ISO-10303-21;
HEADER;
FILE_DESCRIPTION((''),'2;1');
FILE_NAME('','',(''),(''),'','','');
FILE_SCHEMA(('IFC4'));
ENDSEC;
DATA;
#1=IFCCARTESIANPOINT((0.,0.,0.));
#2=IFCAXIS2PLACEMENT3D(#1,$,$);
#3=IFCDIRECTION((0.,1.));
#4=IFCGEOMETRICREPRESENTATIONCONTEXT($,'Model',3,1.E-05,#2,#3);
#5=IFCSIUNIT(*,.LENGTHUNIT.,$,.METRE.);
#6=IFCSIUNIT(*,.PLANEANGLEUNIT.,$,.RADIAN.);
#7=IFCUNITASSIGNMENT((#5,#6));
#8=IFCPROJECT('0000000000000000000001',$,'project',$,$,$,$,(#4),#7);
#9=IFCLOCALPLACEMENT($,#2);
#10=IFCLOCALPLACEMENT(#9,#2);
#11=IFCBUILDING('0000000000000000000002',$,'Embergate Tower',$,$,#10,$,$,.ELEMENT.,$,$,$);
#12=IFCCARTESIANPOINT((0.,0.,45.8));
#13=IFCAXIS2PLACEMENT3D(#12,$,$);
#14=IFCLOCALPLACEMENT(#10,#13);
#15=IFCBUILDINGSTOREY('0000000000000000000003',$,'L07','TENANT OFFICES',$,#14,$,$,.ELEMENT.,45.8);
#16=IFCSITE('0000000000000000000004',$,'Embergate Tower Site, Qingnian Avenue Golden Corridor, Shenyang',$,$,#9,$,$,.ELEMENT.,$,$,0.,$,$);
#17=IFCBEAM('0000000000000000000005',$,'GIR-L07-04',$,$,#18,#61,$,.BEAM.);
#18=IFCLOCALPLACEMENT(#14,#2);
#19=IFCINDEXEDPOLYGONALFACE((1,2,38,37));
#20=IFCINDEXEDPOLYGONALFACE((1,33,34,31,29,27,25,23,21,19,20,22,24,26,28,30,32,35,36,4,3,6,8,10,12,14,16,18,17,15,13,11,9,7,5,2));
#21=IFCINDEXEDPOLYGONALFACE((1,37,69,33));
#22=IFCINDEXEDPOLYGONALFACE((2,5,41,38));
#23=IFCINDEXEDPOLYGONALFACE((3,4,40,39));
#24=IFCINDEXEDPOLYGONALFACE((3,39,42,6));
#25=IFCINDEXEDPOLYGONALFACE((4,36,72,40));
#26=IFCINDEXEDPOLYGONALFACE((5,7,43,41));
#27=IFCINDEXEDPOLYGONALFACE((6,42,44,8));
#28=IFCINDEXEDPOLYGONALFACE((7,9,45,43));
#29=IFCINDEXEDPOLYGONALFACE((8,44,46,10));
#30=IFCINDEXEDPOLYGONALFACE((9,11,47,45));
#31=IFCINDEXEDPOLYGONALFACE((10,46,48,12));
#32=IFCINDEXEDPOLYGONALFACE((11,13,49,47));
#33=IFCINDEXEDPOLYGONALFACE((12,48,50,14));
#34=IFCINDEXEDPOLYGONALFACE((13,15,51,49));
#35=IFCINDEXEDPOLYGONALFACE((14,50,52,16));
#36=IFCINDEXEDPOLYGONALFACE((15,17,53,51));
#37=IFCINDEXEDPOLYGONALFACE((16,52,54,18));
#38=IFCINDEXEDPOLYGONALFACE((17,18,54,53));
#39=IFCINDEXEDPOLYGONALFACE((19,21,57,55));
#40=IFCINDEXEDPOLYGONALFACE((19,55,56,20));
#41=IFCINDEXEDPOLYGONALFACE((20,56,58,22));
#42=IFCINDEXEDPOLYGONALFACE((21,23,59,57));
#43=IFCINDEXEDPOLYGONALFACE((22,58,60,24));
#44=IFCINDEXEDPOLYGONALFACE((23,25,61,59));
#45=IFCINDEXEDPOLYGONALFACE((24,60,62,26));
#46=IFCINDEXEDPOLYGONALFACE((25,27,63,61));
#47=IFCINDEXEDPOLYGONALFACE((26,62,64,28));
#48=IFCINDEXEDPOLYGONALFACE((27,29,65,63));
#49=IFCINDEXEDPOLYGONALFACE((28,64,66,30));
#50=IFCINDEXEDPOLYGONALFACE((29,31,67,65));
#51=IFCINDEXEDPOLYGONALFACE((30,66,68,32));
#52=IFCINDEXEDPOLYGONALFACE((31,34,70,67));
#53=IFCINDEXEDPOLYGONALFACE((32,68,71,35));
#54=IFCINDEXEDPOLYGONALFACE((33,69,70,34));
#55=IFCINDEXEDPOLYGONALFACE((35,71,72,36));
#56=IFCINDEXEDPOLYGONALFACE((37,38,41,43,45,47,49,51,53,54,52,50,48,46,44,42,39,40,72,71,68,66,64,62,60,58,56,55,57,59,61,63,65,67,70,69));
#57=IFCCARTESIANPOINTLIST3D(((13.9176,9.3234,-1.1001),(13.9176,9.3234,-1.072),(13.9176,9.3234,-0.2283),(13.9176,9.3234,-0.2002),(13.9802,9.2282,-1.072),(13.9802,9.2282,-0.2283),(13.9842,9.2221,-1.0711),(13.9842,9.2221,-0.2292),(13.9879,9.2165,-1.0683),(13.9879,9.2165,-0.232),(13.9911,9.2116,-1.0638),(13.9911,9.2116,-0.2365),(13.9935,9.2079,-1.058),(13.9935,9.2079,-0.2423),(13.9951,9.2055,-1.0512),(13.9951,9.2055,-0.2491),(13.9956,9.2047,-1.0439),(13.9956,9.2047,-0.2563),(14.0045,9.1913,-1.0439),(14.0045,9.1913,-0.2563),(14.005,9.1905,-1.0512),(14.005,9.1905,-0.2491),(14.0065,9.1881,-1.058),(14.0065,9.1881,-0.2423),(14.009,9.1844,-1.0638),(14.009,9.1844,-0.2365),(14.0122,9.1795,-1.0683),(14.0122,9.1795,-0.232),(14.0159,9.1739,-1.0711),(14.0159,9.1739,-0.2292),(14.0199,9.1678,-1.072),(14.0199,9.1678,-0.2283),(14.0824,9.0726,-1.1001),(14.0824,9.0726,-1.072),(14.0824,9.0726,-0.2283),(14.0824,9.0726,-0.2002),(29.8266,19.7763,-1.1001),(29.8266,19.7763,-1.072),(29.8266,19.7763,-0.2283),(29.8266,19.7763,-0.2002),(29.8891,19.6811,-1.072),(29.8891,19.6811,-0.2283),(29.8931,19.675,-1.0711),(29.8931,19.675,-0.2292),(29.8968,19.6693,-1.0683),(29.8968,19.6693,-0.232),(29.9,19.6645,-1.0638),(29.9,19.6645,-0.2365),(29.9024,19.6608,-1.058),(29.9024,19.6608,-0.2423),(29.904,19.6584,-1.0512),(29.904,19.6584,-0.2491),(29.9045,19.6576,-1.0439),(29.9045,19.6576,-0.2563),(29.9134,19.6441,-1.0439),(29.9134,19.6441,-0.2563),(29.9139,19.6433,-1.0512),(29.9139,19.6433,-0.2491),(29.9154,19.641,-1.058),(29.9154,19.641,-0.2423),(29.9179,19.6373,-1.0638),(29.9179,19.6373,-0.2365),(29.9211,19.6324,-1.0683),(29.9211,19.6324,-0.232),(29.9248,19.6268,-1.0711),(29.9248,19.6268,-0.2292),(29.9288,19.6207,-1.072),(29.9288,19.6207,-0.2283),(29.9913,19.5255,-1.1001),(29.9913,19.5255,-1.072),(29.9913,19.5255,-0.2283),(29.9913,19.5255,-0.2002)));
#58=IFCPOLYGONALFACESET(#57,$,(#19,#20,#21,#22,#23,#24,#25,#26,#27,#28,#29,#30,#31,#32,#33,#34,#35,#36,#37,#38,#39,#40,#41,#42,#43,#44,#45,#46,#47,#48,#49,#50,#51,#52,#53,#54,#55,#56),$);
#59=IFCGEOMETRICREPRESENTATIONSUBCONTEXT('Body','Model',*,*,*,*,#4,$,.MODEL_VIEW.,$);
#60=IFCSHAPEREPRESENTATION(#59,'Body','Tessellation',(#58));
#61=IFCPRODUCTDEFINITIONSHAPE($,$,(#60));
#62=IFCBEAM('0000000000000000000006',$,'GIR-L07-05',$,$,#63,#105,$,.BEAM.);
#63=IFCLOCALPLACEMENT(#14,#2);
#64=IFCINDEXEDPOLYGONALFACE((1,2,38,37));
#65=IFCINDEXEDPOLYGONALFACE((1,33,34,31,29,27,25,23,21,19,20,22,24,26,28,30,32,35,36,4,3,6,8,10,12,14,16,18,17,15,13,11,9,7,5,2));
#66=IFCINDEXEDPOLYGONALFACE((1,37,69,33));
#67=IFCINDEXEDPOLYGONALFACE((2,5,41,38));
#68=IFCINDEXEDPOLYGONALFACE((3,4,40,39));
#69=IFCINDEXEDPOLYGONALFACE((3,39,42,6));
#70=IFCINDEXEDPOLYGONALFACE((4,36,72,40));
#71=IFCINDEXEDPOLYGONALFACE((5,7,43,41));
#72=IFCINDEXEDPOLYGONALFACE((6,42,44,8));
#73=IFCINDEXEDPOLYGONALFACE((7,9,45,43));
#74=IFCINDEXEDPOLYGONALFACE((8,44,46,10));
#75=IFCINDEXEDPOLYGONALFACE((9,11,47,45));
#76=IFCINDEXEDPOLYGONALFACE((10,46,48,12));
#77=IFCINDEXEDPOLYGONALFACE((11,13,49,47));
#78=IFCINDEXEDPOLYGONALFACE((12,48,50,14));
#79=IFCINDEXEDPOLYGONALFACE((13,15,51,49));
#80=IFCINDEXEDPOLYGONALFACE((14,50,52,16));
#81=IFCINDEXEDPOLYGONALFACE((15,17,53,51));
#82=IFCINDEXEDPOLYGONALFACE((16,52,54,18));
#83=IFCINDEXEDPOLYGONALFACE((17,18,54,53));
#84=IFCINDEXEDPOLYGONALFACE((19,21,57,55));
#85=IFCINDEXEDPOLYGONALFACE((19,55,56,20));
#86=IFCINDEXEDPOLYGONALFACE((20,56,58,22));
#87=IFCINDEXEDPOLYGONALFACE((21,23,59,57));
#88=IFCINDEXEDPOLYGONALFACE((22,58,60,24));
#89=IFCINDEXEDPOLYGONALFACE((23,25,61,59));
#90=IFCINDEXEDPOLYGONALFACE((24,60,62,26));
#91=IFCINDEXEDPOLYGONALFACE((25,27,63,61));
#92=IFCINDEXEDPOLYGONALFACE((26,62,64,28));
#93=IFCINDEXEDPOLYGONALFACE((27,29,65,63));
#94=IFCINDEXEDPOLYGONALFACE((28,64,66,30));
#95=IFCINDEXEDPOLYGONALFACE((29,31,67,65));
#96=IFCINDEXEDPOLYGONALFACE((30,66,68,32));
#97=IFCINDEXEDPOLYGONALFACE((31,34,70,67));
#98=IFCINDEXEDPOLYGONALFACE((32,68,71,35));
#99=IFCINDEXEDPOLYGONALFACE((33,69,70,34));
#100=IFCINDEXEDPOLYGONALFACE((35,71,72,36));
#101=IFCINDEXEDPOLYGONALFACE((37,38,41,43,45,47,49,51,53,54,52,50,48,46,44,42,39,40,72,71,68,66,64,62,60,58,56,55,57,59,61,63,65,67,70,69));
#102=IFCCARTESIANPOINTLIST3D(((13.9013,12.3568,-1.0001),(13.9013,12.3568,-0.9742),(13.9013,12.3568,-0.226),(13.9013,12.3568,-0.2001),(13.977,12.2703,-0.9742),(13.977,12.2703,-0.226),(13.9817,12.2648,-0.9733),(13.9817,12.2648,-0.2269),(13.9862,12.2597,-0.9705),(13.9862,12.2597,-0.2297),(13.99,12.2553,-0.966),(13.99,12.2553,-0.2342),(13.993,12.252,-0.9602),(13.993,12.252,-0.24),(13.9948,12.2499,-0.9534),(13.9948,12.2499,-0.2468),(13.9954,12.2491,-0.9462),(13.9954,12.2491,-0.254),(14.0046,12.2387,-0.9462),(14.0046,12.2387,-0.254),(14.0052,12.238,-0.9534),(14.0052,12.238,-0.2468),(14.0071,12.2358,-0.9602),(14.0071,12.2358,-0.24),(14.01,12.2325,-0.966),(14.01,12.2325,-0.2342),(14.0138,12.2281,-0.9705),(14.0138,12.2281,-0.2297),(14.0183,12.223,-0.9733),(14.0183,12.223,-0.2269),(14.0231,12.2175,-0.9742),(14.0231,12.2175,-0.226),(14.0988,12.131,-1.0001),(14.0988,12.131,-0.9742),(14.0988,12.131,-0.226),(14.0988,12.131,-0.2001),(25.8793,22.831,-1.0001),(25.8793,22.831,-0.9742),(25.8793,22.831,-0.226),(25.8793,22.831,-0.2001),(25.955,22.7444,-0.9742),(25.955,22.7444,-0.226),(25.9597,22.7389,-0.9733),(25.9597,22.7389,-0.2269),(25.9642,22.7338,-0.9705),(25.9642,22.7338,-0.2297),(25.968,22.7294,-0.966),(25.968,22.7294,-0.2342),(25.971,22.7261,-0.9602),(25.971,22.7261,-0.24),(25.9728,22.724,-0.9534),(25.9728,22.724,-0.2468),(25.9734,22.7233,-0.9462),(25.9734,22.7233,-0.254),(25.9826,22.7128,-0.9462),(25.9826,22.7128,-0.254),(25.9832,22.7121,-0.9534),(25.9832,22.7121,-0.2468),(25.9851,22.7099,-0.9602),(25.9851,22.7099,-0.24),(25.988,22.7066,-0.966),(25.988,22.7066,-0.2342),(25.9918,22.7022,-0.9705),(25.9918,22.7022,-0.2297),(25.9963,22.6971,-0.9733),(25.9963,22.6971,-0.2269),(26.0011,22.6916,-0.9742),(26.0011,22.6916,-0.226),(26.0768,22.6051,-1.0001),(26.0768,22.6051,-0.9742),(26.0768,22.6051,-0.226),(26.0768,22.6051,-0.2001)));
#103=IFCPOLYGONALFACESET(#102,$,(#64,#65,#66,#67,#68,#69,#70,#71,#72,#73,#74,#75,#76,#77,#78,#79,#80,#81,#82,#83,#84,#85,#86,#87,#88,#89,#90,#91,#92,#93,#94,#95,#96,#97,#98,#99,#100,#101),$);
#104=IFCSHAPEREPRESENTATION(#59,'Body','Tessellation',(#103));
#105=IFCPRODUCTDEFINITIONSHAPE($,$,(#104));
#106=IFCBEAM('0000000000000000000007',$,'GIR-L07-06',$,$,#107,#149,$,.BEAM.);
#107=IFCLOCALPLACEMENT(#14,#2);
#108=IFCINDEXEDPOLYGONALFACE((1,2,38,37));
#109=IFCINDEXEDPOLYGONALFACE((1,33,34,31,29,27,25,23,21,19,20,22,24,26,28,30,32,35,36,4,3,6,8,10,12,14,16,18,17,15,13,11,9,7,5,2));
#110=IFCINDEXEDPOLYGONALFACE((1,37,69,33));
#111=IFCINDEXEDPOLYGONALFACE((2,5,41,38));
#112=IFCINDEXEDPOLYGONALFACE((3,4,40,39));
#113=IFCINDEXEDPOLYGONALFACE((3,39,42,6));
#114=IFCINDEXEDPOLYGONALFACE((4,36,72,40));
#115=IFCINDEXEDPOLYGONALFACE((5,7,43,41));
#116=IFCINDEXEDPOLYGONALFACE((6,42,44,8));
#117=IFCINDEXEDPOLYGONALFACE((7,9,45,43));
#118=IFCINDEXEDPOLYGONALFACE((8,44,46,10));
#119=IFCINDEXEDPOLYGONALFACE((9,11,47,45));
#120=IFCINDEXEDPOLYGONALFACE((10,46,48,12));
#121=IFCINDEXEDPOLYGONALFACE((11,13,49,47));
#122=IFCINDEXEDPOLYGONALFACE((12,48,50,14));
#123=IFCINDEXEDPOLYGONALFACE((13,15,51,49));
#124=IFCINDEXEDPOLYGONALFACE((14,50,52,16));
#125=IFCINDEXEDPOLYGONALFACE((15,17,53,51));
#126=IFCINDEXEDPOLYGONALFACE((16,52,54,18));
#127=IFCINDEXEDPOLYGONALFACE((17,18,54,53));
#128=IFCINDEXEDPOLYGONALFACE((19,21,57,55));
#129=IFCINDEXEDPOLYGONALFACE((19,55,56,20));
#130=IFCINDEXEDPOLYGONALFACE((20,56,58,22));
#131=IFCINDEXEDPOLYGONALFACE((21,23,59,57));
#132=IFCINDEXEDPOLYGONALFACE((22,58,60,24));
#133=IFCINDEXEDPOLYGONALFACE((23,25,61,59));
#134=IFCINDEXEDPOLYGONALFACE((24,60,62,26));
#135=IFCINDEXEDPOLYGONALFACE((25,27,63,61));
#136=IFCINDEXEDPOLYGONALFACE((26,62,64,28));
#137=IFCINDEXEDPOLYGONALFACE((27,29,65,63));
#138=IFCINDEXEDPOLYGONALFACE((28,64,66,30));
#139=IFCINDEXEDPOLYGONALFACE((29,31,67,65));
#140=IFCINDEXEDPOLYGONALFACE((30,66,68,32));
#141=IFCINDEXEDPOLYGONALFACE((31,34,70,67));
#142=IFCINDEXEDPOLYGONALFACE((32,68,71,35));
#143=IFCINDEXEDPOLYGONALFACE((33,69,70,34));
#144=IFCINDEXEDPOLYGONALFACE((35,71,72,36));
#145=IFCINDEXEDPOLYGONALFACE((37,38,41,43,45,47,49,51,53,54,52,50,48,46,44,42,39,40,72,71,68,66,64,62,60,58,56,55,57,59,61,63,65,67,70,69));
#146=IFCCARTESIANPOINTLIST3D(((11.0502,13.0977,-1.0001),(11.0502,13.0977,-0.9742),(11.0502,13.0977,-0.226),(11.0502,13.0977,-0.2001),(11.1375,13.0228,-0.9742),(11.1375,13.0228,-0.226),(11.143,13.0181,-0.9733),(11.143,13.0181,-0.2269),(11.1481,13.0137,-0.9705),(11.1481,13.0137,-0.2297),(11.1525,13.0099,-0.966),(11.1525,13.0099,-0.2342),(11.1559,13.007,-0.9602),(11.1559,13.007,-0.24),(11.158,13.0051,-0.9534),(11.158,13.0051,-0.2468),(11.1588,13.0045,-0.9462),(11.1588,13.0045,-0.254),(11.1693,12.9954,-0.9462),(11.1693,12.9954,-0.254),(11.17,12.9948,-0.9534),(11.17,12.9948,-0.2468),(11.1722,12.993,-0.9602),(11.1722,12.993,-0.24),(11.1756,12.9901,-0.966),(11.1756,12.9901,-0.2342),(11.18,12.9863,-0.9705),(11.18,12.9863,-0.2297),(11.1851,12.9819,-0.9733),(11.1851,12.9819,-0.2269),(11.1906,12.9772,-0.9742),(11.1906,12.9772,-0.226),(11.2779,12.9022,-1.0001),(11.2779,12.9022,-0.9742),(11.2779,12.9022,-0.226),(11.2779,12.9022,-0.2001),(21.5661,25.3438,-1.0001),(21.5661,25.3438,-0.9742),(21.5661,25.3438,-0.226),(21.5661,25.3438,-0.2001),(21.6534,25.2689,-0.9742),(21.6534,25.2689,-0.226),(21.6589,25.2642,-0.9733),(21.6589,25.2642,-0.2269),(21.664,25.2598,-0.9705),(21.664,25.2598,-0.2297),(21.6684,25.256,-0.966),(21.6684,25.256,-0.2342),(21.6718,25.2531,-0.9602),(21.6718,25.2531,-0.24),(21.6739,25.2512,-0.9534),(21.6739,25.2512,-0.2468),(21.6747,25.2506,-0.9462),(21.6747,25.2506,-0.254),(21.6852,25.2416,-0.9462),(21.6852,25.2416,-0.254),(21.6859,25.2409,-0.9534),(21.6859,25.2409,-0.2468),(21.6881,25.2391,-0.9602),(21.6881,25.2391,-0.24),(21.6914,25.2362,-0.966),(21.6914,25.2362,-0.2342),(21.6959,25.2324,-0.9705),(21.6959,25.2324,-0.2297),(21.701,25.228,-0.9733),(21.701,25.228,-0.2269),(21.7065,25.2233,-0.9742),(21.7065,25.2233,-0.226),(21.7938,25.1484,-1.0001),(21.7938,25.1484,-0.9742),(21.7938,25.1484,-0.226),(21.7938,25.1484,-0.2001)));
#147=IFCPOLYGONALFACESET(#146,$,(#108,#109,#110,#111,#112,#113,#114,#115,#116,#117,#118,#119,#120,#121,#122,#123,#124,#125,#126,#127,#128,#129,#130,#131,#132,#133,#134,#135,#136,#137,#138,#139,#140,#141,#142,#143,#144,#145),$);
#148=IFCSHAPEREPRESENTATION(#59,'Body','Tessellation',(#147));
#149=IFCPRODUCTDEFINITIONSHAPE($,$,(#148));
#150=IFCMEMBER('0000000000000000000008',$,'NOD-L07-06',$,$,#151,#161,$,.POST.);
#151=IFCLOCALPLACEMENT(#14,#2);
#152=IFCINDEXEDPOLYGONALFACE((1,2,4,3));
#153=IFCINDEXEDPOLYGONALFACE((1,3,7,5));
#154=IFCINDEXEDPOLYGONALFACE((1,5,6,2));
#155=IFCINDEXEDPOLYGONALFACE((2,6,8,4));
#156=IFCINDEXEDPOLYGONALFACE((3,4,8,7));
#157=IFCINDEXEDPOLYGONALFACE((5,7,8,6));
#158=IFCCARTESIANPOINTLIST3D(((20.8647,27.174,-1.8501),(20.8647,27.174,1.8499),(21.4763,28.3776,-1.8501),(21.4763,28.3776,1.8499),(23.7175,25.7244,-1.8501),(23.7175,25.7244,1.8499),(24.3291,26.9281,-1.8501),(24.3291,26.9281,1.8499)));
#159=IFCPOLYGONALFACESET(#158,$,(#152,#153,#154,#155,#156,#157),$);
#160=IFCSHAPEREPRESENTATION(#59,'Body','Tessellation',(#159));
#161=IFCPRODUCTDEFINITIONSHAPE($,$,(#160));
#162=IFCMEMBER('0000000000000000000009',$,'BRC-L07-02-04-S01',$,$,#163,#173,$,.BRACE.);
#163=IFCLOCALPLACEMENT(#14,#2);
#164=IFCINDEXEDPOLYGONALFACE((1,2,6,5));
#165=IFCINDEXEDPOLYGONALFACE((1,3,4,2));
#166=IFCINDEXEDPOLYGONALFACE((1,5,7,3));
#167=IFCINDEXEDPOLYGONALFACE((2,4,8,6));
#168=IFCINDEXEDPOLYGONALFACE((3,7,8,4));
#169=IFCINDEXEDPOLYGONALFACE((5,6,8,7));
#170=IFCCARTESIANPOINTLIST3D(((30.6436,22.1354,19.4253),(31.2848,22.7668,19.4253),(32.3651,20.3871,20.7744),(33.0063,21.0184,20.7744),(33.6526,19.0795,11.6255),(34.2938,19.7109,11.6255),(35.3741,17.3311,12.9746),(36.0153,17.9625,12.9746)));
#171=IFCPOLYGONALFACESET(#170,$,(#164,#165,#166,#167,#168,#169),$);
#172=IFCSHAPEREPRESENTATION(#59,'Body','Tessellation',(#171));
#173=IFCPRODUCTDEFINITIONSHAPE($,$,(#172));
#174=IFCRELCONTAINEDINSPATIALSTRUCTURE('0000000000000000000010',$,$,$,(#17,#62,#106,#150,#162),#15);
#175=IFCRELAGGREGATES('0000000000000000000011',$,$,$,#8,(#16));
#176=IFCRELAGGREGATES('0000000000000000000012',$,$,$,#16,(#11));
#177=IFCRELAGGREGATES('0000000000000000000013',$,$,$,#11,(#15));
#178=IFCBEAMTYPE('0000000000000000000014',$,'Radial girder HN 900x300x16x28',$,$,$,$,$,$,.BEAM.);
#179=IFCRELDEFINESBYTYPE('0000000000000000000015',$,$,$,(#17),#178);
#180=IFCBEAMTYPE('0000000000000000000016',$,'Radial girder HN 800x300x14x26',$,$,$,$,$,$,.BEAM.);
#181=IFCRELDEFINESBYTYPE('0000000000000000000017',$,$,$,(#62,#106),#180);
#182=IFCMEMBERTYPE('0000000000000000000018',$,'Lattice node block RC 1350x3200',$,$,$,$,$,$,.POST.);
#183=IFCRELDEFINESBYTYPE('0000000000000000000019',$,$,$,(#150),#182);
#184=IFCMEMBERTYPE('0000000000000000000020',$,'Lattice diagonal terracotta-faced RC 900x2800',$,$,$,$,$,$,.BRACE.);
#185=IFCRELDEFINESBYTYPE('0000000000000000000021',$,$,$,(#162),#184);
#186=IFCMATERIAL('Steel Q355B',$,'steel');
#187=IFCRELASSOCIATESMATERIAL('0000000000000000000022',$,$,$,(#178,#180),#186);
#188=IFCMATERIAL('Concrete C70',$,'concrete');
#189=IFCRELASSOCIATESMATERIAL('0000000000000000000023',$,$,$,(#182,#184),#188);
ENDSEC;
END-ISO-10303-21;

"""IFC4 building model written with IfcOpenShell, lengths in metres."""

from ifc_helpers import new_model, si_unit, direction, frame, origin, origin_2d, place, context, subcontext, project, spatial, rectangle, i_section, extrude, source, transform, mapped, material, material_profile, profile_set, type_object, element, save


model = new_model("IFC4")

# Units and contexts
model_context = context("Model", 3, precision=1e-05, world=origin(), true_north=direction((0.0, 1.0)))
body_context = subcontext(model_context, "Body", "Model", "MODEL_VIEW")
ifc_project = project(units=[si_unit("LENGTHUNIT", "METRE"), si_unit("PLANEANGLEUNIT", "RADIAN")], contexts=[model_context])

# Site, building, storey
site_placement = place(None, origin())
site = spatial("IfcSite", under=ifc_project, at=site_placement, Name="Embergate Tower Site, Qingnian Avenue Golden Corridor, Shenyang", CompositionType="ELEMENT", RefElevation=0.0)
building_placement = place(site_placement, origin())
building = spatial("IfcBuilding", under=site, at=building_placement, Name="Embergate Tower", CompositionType="ELEMENT")
storey_placement = place(building_placement, frame((0.0, 0.0, 45.8)))
storey = spatial("IfcBuildingStorey", under=building, at=storey_placement, Name="L07", Description="TENANT OFFICES", CompositionType="ELEMENT", Elevation=45.8)

# Shared definitions
ifc_material_1 = material(Name="Concrete C70", Category="concrete")

# Beams
ifc_material_2 = material(Name="Steel Q355B", Category="steel")
ifc_material_profile_1 = material_profile(ifc_material_2, i_section(OverallWidth=0.3, OverallDepth=0.8999, WebThickness=0.0161, FlangeThickness=0.0281, FilletRadius=0.0281, at=origin_2d()), Name="HN 900x300x16x28")
ifc_profile_set_1 = profile_set([ifc_material_profile_1], Name="Steel Q355 grade B")
beam_type_1 = type_object("IfcBeamType", Name="Radial girder HN 900x300x16x28", PredefinedType="BEAM", material=ifc_profile_set_1)
shared_shape_1 = source(origin(), body_context, "Body", "SweptSolid", [
    extrude(i_section(OverallWidth=0.3, OverallDepth=0.8999, WebThickness=0.0161, FlangeThickness=0.0281, FilletRadius=0.0281, at=origin_2d()), origin(), (0.0, 0.0, 1.0), 19.0356),
])
beam_1_placement = place(storey_placement, frame((29.9089, 19.6509, -0.6501), z_axis=(-0.835743, -0.549121, 0.0), x_axis=(0.549121, -0.835743, 0.0)))
element("IfcBeam", 1, at=beam_1_placement, inside=storey, type_object=beam_type_1, Name="GIR-L07-04", PredefinedType="BEAM", context=body_context, shape_type="MappedRepresentation", body=[
    mapped(shared_shape_1, transform((0.0, 0.0, 0.0))),
])
ifc_material_profile_2 = material_profile(ifc_material_2, i_section(OverallWidth=0.3, OverallDepth=0.8, WebThickness=0.0139, FlangeThickness=0.0259, FilletRadius=0.0281, at=origin_2d()), Name="HN 800x300x14x26")
ifc_profile_set_2 = profile_set([ifc_material_profile_2], Name="Steel Q355 grade B")
beam_type_2 = type_object("IfcBeamType", Name="Radial girder HN 800x300x14x26", PredefinedType="BEAM", material=ifc_profile_set_2)
shared_shape_2 = source(origin(), body_context, "Body", "SweptSolid", [
    extrude(i_section(OverallWidth=0.3, OverallDepth=0.8, WebThickness=0.0139, FlangeThickness=0.0259, FilletRadius=0.0281, at=origin_2d()), origin(), (0.0, 0.0, 1.0), 15.9116),
])
beam_2_placement = place(storey_placement, frame((25.978, 22.718, -0.6001), z_axis=(-0.752784, -0.658268, 0.0), x_axis=(0.658268, -0.752784, 0.0)))
element("IfcBeam", 2, at=beam_2_placement, inside=storey, type_object=beam_type_2, Name="GIR-L07-05", PredefinedType="BEAM", context=body_context, shape_type="MappedRepresentation", body=[
    mapped(shared_shape_2, transform((0.0, 0.0, 0.0))),
])
shared_shape_3 = source(origin(), body_context, "Body", "SweptSolid", [
    extrude(i_section(OverallWidth=0.3, OverallDepth=0.8, WebThickness=0.0139, FlangeThickness=0.0259, FilletRadius=0.0281, at=origin_2d()), origin(), (0.0, 0.0, 1.0), 16.1416),
])
beam_3_placement = place(storey_placement, frame((21.6799, 25.2461, -0.6001), z_axis=(-0.651477, -0.758668, 0.0), x_axis=(0.758668, -0.651477, 0.0)))
element("IfcBeam", 3, at=beam_3_placement, inside=storey, type_object=beam_type_2, Name="GIR-L07-06", PredefinedType="BEAM", context=body_context, shape_type="MappedRepresentation", body=[
    mapped(shared_shape_3, transform((0.0, 0.0, 0.0))),
])

# Members
ifc_material_profile_3 = material_profile(ifc_material_1, rectangle(XDim=1.3501, YDim=3.2, at=origin_2d()), Name="RC 1350x3200")
ifc_profile_set_3 = profile_set([ifc_material_profile_3], Name="Concrete C70")
member_type_1 = type_object("IfcMemberType", Name="Lattice node block RC 1350x3200", PredefinedType="POST", material=ifc_profile_set_3)
shared_shape_4 = source(origin(), body_context, "Body", "SweptSolid", [
    extrude(rectangle(XDim=1.3501, YDim=3.2, at=origin_2d()), origin(), (0.0, 0.0, 1.0), 3.7),
])
member_1_placement = place(storey_placement, frame((22.5969, 27.051, -1.8501), z_axis=(0.0, 0.0, 1.0), x_axis=(0.452995, 0.891513, 0.0)))
element("IfcMember", 4, at=member_1_placement, inside=storey, type_object=member_type_1, Name="NOD-L07-06", PredefinedType="POST", context=body_context, shape_type="MappedRepresentation", body=[
    mapped(shared_shape_4, transform((0.0, 0.0, 0.0))),
])
ifc_material_profile_4 = material_profile(ifc_material_1, rectangle(XDim=0.8999, YDim=2.8, at=origin_2d()), Name="RC 900x2800")
ifc_profile_set_4 = profile_set([ifc_material_profile_4], Name="Concrete C70")
member_type_2 = type_object("IfcMemberType", Name="Lattice diagonal terracotta-faced RC 900x2800", PredefinedType="BRACE", material=ifc_profile_set_4)
shared_shape_5 = source(origin(), body_context, "Body", "SweptSolid", [
    extrude(rectangle(XDim=0.8999, YDim=2.8, at=origin_2d()), origin(), (0.0, 0.0, 1.0), 8.9011),
])
member_2_placement = place(storey_placement, frame((34.834, 18.521, 12.3), z_axis=(-0.338051, 0.343318, 0.876273), x_axis=(-0.712551, -0.701621, 0.0)))
element("IfcMember", 5, at=member_2_placement, inside=storey, type_object=member_type_2, Name="BRC-L07-02-04-S01", PredefinedType="BRACE", context=body_context, shape_type="MappedRepresentation", body=[
    mapped(shared_shape_5, transform((0.0, 0.0, 0.0))),
])

save(model, "model.ifc")
